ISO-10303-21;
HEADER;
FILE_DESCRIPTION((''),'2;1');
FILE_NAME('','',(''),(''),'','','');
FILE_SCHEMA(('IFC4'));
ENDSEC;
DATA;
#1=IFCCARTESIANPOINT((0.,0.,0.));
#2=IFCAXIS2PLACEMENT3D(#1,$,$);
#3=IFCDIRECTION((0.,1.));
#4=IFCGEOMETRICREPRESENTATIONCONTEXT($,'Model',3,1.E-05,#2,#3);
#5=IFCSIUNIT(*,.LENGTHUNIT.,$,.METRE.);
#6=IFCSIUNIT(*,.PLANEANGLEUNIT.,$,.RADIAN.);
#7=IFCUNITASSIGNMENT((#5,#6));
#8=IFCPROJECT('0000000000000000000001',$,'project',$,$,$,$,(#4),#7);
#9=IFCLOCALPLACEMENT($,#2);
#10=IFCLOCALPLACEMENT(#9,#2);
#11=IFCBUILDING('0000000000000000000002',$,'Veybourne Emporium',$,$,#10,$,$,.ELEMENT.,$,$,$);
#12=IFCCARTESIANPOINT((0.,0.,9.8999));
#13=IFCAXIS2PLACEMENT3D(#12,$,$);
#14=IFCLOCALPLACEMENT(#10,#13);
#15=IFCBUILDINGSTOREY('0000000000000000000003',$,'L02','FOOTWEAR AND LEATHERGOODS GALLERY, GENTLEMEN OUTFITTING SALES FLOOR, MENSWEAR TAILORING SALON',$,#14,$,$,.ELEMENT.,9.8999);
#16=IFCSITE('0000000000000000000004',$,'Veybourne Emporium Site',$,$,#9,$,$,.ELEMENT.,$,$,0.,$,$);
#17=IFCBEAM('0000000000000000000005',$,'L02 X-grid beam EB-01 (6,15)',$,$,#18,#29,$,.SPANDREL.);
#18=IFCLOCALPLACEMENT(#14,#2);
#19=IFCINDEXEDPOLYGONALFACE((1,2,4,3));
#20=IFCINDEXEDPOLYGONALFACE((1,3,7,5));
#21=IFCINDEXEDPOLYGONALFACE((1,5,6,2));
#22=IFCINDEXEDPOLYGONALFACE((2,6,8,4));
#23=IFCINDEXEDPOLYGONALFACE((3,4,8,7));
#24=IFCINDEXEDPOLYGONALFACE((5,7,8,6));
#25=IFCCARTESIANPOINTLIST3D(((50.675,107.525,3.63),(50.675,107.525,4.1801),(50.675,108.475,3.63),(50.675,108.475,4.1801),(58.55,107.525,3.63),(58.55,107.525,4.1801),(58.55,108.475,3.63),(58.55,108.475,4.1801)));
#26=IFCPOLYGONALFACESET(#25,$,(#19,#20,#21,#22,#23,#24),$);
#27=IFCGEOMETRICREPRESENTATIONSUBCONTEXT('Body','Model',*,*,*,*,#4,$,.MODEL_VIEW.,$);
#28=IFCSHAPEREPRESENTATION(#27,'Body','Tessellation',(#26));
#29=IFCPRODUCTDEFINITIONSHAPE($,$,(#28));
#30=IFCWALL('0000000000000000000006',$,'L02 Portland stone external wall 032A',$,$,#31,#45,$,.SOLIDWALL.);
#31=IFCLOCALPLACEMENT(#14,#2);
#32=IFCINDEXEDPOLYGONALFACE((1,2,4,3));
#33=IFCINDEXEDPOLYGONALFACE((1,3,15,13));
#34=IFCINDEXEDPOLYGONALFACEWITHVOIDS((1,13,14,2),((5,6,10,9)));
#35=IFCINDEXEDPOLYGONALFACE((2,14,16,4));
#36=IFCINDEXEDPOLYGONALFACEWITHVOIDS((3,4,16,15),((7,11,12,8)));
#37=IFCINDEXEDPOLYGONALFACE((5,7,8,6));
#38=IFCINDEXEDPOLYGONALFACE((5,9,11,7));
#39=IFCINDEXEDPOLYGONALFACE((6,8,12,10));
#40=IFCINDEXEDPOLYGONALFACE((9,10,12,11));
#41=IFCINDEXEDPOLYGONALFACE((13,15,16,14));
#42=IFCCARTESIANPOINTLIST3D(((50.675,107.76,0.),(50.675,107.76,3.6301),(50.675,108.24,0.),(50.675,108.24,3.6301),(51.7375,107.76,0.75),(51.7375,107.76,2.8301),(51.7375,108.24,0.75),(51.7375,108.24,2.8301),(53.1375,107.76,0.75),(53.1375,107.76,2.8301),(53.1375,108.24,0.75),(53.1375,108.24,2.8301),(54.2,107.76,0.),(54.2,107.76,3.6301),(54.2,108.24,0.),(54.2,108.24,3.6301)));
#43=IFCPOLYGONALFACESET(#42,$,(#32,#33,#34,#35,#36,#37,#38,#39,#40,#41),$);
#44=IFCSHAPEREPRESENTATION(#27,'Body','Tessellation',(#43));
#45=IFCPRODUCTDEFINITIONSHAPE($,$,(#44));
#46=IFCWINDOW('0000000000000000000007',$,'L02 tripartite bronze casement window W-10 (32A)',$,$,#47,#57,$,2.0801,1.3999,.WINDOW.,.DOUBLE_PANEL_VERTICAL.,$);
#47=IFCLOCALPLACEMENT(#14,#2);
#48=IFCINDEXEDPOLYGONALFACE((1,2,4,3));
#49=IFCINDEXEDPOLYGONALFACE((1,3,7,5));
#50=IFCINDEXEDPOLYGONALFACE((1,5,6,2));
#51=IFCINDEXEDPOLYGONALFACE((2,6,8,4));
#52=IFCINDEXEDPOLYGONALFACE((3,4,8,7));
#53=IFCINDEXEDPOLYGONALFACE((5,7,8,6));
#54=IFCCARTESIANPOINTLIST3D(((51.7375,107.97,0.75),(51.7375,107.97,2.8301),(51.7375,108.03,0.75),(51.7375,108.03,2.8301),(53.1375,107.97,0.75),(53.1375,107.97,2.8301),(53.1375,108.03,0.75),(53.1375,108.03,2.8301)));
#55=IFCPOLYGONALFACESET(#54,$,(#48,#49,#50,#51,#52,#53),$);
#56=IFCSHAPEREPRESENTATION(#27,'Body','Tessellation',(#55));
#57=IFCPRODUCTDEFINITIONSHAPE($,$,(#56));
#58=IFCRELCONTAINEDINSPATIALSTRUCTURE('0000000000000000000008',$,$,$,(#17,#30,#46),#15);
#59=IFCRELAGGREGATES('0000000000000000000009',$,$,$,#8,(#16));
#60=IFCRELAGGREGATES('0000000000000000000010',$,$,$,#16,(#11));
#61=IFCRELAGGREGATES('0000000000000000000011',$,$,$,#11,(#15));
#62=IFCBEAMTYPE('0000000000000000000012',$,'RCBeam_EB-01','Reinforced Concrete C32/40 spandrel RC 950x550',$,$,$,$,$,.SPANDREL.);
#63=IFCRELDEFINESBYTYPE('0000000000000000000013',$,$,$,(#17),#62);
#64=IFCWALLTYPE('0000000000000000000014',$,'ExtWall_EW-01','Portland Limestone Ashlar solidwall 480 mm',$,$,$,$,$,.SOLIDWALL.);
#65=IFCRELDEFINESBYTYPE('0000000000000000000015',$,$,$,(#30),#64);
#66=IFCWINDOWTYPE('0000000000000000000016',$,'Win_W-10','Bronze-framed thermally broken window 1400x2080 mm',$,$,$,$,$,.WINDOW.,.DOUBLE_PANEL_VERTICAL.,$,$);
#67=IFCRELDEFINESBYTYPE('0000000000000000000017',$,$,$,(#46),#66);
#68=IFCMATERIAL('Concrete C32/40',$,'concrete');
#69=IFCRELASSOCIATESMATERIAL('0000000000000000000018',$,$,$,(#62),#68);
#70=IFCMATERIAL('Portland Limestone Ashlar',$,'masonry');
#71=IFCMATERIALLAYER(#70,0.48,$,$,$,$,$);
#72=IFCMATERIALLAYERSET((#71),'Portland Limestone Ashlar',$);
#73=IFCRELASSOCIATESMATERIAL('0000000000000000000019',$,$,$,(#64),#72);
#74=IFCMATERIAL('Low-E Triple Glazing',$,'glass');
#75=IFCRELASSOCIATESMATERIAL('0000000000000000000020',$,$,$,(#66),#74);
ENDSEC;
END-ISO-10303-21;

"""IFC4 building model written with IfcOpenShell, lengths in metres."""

from ifc_helpers import new_model, si_unit, direction, frame, frame_2d, origin, origin_2d, place, context, subcontext, project, spatial, rectangle, extrude, material, layer, layer_set, material_profile, profile_set, type_object, element, fill, save


model = new_model("IFC4")

# Units and contexts
model_context = context("Model", 3, precision=1e-05, world=origin(), true_north=direction((0.0, 1.0)))
body_context = subcontext(model_context, "Body", "Model", "MODEL_VIEW")
ifc_project = project(units=[si_unit("LENGTHUNIT", "METRE"), si_unit("PLANEANGLEUNIT", "RADIAN")], contexts=[model_context])

# Site, building, storey
site_placement = place(None, origin())
site = spatial("IfcSite", under=ifc_project, at=site_placement, Name="Veybourne Emporium Site", CompositionType="ELEMENT", RefElevation=0.0)
building_placement = place(site_placement, origin())
building = spatial("IfcBuilding", under=site, at=building_placement, Name="Veybourne Emporium", CompositionType="ELEMENT")
storey_placement = place(building_placement, frame((0.0, 0.0, 9.8999)))
storey = spatial("IfcBuildingStorey", under=building, at=storey_placement, Name="L02", Description="FOOTWEAR AND LEATHERGOODS GALLERY, GENTLEMEN OUTFITTING SALES FLOOR, MENSWEAR TAILORING SALON", CompositionType="ELEMENT", Elevation=9.8999)

# Beam
ifc_material_1 = material(Name="Concrete C32/40", Category="concrete")
ifc_material_profile_1 = material_profile(ifc_material_1, rectangle(XDim=0.95, YDim=0.55, at=origin_2d()), Name="RC 950x550")
ifc_profile_set_1 = profile_set([ifc_material_profile_1], Name="Concrete C32/40")
beam_type_1 = type_object("IfcBeamType", Name="RCBeam_EB-01", Description="Reinforced Concrete C32/40 spandrel RC 950x550", PredefinedType="SPANDREL", material=ifc_profile_set_1)
beam_1_placement = place(storey_placement, frame((50.675, 108.0, 3.905), z_axis=(1.0, 0.0, 0.0), x_axis=(0.0, 1.0, 0.0)))
element("IfcBeam", 1, at=beam_1_placement, inside=storey, type_object=beam_type_1, Name="L02 X-grid beam EB-01 (6,15)", PredefinedType="SPANDREL", context=body_context, shape_type="SweptSolid", body=[
    extrude(rectangle(XDim=0.95, YDim=0.55, at=origin_2d()), origin(), (0.0, 0.0, 1.0), 7.875),
])

# Wall, opening, window
ifc_material_2 = material(Name="Portland Limestone Ashlar", Category="masonry")
ifc_layer = layer(ifc_material_2, 0.48)
ifc_layer_set = layer_set([ifc_layer], Name="Portland Limestone Ashlar")
wall_type = type_object("IfcWallType", Name="ExtWall_EW-01", Description="Portland Limestone Ashlar solidwall 480 mm", PredefinedType="SOLIDWALL", material=ifc_layer_set)
wall_placement = place(storey_placement, frame((50.675, 108.0, 0.0), z_axis=(0.0, 0.0, 1.0), x_axis=(1.0, 0.0, 0.0)))
wall = element("IfcWall", 2, at=wall_placement, inside=storey, type_object=wall_type, Name="L02 Portland stone external wall 032A", PredefinedType="SOLIDWALL", context=body_context, shape_type="SweptSolid", body=[
    extrude(rectangle(XDim=3.5249, YDim=0.48, at=frame_2d((1.7625, 0.0))), origin(), (0.0, 0.0, 1.0), 3.6301),
])
opening_placement = place(wall_placement, frame((1.0625, 0.0, 0.75)))
opening = element("IfcOpeningElement", 3, at=opening_placement, cuts=wall, PredefinedType="OPENING", context=body_context, shape_type="SweptSolid", body=[
    extrude(rectangle(XDim=1.3999, YDim=2.0801, at=frame_2d((0.7, 1.04))), frame((0.0, 0.26, 0.0), z_axis=(0.0, -1.0, 0.0), x_axis=(1.0, 0.0, 0.0)), (0.0, 0.0, 1.0), 0.52),
])
ifc_material_3 = material(Name="Low-E Triple Glazing", Category="glass")
window_type = type_object("IfcWindowType", Name="Win_W-10", Description="Bronze-framed thermally broken window 1400x2080 mm", PartitioningType="DOUBLE_PANEL_VERTICAL", PredefinedType="WINDOW", material=ifc_material_3)
window_placement = place(opening_placement, origin())
window = element("IfcWindow", 4, at=window_placement, inside=storey, type_object=window_type, Name="L02 tripartite bronze casement window W-10 (32A)", OverallHeight=2.0801, OverallWidth=1.3999, PartitioningType="DOUBLE_PANEL_VERTICAL", PredefinedType="WINDOW", context=body_context, shape_type="SweptSolid", body=[
    extrude(rectangle(XDim=1.3999, YDim=2.0801, at=frame_2d((0.7, 1.04))), frame((0.0, 0.03, 0.0), z_axis=(0.0, -1.0, 0.0), x_axis=(1.0, 0.0, 0.0)), (0.0, 0.0, 1.0), 0.0601),
])
fill(opening, window)

save(model, "model.ifc")
